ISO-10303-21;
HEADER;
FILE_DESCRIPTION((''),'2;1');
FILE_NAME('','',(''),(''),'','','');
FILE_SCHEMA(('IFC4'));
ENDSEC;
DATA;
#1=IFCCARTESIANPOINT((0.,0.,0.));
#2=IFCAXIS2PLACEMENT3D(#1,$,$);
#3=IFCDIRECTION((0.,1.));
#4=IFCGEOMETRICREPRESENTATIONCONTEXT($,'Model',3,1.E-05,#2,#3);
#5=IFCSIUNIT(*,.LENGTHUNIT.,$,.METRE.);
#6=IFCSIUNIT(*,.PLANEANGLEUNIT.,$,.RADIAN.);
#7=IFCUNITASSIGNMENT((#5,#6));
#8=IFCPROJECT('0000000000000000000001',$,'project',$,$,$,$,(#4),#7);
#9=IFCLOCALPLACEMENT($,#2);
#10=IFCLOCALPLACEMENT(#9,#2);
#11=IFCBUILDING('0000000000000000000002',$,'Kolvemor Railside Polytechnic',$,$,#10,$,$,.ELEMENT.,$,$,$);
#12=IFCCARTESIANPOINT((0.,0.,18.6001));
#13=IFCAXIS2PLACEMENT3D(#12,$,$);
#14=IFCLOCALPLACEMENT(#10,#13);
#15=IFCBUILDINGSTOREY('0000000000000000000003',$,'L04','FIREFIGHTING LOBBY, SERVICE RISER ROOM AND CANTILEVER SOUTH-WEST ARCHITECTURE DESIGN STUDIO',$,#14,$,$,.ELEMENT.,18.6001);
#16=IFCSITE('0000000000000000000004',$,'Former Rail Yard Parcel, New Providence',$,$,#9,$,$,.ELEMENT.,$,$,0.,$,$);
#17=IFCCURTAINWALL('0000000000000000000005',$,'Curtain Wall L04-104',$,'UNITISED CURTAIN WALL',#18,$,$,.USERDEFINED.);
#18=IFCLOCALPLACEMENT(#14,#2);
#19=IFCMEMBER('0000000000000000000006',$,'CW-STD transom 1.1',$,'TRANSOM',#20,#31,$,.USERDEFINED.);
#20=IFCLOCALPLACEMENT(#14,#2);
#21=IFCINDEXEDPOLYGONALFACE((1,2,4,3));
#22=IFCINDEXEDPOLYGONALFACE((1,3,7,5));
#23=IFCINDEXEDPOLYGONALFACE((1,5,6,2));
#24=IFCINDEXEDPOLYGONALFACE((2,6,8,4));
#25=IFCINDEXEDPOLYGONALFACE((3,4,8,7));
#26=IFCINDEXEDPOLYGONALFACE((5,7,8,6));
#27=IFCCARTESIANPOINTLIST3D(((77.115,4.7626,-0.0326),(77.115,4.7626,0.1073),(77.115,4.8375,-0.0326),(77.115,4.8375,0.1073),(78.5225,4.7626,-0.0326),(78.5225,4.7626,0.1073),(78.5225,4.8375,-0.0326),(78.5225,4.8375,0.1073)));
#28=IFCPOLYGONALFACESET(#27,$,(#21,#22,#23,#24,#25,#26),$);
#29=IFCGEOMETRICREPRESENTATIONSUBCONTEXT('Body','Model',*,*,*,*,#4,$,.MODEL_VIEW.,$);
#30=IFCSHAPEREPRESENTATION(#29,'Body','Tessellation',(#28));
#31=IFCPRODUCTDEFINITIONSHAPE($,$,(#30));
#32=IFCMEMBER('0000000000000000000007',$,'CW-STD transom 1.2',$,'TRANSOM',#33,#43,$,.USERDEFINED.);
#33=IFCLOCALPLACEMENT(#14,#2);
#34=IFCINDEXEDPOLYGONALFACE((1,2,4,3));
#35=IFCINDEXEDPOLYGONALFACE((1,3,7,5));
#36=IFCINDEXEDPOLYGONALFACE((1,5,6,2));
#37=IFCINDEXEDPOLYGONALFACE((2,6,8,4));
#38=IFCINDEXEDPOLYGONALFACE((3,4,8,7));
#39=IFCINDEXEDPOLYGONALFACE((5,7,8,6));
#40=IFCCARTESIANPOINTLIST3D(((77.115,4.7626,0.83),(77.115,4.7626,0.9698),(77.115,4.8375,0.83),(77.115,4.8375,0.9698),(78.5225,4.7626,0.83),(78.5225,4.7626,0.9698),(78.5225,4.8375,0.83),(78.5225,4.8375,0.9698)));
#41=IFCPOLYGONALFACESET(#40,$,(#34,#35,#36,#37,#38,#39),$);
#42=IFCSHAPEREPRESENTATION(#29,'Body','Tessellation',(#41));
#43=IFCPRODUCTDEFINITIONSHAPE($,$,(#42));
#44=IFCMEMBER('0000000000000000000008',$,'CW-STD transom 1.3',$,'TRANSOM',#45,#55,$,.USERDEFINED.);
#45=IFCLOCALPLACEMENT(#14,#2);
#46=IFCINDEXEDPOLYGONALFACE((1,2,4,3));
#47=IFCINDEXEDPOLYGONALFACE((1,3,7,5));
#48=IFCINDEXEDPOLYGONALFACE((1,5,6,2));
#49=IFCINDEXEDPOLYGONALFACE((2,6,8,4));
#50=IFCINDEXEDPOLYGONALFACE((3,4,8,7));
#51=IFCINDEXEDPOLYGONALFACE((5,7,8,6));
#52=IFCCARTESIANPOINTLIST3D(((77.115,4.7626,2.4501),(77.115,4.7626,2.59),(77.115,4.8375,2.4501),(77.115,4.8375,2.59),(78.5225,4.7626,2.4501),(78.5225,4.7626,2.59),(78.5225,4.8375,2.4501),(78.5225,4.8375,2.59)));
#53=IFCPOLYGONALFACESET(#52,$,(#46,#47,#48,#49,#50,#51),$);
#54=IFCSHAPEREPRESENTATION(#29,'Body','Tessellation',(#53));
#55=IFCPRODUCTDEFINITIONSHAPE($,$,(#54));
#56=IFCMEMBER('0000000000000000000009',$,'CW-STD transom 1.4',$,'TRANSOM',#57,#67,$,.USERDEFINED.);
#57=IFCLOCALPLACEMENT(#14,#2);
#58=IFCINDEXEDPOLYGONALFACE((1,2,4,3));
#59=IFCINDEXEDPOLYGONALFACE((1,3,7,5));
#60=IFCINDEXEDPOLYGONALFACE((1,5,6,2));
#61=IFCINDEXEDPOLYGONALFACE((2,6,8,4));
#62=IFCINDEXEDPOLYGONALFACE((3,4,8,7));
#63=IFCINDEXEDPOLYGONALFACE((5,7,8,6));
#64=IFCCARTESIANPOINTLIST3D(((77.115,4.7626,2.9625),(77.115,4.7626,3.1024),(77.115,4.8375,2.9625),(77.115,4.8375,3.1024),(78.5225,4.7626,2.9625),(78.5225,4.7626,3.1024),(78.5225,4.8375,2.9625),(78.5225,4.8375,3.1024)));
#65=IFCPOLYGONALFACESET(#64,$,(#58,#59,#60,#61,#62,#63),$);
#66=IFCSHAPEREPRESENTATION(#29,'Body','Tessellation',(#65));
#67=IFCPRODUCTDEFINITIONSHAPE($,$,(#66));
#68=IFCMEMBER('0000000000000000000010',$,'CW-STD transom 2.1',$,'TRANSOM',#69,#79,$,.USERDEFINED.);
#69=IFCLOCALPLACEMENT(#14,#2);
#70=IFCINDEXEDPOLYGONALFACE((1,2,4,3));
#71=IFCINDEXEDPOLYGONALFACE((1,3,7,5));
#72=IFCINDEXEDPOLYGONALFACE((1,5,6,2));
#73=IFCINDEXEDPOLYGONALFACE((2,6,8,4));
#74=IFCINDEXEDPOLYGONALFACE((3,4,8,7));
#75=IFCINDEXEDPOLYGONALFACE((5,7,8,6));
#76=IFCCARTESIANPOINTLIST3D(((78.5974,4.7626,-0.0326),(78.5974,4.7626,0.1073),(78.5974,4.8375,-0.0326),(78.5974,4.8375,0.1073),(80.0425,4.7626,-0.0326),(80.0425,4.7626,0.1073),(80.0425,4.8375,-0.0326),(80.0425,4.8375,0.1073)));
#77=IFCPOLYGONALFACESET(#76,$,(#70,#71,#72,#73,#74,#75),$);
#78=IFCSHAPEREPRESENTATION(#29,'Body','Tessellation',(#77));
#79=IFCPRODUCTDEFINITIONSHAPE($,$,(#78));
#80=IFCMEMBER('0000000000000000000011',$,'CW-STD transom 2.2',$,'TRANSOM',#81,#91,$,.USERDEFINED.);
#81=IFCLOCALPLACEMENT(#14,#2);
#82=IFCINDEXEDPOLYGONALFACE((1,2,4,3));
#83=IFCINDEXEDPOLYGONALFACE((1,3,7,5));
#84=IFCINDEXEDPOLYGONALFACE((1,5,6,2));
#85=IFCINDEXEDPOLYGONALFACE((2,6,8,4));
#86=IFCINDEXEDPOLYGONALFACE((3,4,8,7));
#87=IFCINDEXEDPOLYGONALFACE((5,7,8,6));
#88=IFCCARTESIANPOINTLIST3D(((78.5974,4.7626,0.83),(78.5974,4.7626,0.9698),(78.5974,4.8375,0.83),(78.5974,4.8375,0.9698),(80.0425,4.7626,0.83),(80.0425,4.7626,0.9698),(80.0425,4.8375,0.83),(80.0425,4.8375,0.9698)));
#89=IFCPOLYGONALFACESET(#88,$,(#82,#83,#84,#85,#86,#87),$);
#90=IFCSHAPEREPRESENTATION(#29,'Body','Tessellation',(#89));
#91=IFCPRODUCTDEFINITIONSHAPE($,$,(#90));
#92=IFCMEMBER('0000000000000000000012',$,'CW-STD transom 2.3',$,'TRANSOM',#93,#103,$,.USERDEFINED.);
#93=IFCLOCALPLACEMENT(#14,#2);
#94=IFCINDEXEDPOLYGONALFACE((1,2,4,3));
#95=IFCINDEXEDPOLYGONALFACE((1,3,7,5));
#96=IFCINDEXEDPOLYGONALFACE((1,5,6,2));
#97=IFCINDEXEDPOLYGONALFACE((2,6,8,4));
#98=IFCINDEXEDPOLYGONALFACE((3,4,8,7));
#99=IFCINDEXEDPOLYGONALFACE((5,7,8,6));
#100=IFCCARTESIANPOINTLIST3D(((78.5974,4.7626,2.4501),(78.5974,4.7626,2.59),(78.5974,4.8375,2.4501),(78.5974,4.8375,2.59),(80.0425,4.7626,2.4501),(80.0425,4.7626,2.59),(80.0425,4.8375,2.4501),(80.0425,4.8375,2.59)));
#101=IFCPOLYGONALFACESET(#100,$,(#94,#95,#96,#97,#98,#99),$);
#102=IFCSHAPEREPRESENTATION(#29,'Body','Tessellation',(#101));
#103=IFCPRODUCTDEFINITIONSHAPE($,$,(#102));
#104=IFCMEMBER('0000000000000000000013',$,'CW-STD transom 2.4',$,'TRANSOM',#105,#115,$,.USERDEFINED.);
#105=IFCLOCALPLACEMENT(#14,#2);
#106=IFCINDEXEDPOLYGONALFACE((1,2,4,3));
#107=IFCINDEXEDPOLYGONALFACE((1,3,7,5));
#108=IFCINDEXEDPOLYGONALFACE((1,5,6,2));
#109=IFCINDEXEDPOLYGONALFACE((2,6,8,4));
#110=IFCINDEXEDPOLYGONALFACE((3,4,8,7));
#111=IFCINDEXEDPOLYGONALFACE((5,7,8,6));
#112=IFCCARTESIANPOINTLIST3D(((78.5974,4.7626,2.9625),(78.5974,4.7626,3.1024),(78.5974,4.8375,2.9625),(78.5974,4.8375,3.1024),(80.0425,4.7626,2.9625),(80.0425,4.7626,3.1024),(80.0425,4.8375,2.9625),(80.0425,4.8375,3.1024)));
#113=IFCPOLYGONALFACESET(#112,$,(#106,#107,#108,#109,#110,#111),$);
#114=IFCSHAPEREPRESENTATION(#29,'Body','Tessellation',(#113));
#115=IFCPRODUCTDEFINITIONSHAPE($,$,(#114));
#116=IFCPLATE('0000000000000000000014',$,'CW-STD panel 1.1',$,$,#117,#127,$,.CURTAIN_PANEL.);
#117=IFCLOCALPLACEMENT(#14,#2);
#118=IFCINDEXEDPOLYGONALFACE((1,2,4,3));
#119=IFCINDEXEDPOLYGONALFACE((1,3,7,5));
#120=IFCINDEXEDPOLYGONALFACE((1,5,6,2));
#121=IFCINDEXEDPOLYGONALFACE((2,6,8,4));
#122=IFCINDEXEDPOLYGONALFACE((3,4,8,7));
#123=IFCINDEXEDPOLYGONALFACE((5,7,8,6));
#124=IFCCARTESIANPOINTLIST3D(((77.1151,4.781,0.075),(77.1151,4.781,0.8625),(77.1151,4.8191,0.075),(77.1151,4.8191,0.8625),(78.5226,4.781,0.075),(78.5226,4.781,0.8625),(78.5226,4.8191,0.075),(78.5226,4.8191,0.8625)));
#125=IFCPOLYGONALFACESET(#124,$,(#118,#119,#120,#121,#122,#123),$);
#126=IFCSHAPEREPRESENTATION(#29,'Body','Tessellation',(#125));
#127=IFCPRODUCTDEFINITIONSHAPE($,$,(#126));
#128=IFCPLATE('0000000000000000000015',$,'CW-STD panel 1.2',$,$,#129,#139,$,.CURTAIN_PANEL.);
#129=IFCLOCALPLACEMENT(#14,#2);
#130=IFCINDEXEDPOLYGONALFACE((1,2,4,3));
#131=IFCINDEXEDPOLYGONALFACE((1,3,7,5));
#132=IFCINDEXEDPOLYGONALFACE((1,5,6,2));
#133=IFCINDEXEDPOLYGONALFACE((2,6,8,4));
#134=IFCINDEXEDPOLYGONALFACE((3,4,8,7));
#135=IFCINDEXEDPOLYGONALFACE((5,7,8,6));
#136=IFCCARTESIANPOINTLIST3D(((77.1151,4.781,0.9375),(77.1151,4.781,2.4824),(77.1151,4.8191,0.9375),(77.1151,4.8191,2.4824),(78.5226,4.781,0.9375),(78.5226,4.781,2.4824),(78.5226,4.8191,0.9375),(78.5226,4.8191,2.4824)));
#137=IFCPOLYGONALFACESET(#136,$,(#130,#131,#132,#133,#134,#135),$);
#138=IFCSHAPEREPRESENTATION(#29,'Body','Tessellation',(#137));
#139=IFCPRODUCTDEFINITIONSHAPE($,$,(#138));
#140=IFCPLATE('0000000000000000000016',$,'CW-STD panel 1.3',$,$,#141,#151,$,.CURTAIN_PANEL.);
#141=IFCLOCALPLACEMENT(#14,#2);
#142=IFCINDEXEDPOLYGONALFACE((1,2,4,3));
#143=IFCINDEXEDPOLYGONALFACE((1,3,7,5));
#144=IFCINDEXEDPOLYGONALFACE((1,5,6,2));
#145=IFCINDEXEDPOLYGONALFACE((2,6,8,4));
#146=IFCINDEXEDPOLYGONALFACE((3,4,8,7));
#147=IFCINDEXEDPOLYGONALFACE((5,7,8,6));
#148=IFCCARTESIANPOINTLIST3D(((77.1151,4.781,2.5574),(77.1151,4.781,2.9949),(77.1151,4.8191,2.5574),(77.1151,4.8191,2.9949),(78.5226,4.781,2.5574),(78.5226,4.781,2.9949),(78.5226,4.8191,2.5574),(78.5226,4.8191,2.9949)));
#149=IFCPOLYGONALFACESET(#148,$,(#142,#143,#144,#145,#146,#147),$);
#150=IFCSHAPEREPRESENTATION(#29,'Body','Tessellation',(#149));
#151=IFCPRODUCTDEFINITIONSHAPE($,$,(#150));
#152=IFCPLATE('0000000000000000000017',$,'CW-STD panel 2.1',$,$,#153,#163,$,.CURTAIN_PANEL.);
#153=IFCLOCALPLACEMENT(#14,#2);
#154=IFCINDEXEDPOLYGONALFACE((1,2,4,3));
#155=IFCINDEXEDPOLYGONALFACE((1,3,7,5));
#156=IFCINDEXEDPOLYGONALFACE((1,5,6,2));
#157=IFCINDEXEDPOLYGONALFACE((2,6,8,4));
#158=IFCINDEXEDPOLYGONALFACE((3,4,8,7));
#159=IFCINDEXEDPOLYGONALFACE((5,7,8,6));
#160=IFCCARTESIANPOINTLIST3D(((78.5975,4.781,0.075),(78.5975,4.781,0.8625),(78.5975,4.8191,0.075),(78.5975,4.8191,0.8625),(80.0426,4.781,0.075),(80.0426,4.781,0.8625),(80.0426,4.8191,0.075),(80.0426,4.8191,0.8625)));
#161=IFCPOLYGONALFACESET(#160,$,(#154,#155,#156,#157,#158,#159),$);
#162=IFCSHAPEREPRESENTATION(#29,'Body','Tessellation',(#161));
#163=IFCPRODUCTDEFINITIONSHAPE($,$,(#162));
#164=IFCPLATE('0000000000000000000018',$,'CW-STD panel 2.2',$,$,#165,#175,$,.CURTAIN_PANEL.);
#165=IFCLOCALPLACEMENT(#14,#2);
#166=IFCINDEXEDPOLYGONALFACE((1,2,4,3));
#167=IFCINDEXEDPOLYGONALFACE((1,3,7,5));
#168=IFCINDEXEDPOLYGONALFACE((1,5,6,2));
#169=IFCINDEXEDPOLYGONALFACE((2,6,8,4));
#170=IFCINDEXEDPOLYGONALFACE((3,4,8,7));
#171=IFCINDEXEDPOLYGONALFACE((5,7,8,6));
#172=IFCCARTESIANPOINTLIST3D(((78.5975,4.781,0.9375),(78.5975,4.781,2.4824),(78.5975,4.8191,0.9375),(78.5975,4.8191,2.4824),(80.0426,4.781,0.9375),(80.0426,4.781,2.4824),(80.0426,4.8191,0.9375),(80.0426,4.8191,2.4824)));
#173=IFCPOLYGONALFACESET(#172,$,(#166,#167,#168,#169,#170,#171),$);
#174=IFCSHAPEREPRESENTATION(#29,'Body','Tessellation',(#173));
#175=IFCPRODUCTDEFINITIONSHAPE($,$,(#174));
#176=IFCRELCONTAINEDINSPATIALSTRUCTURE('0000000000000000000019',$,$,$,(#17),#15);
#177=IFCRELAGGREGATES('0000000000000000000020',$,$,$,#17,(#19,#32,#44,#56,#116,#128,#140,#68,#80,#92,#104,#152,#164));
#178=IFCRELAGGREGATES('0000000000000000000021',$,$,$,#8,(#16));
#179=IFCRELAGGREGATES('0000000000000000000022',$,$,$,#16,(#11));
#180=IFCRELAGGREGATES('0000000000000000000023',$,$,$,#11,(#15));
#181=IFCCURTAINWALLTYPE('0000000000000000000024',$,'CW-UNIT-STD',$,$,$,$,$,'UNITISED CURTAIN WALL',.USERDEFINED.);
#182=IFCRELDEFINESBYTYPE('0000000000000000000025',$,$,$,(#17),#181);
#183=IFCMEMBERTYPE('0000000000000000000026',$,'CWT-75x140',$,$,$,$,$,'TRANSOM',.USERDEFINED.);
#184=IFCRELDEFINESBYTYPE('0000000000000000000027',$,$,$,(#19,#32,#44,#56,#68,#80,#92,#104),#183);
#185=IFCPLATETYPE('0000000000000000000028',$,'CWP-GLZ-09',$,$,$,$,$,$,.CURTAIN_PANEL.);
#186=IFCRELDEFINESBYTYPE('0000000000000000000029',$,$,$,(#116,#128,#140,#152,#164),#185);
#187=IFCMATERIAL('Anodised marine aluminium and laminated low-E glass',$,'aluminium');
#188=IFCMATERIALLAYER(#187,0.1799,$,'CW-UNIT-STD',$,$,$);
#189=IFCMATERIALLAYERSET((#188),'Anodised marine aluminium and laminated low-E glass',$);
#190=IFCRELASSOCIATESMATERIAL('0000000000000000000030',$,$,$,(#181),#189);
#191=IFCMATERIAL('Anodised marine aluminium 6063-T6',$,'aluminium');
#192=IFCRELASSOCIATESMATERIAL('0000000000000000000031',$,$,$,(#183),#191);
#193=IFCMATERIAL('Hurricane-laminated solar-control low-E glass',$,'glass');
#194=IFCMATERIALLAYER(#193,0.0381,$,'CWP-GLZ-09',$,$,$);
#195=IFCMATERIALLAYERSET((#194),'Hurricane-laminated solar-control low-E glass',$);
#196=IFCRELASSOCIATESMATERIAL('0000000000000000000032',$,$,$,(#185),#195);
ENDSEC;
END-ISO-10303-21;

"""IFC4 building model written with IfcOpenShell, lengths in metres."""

from ifc_helpers import new_model, si_unit, direction, frame, origin, origin_2d, place, context, subcontext, project, spatial, rectangle, extrude, material, layer, layer_set, material_profile, profile_set, type_object, element, aggregate, save


model = new_model("IFC4")

# Units and contexts
model_context = context("Model", 3, precision=1e-05, world=origin(), true_north=direction((0.0, 1.0)))
body_context = subcontext(model_context, "Body", "Model", "MODEL_VIEW")
ifc_project = project(units=[si_unit("LENGTHUNIT", "METRE"), si_unit("PLANEANGLEUNIT", "RADIAN")], contexts=[model_context])

# Site, building, storey
site_placement = place(None, origin())
site = spatial("IfcSite", under=ifc_project, at=site_placement, Name="Former Rail Yard Parcel, New Providence", CompositionType="ELEMENT", RefElevation=0.0)
building_placement = place(site_placement, origin())
building = spatial("IfcBuilding", under=site, at=building_placement, Name="Kolvemor Railside Polytechnic", CompositionType="ELEMENT")
storey_placement = place(building_placement, frame((0.0, 0.0, 18.6001)))
storey = spatial("IfcBuildingStorey", under=building, at=storey_placement, Name="L04", Description="FIREFIGHTING LOBBY, SERVICE RISER ROOM AND CANTILEVER SOUTH-WEST ARCHITECTURE DESIGN STUDIO", CompositionType="ELEMENT", Elevation=18.6001)

# Curtain wall, members, plates
ifc_material_1 = material(Name="Anodised marine aluminium and laminated low-E glass", Category="aluminium")
ifc_layer_1 = layer(ifc_material_1, 0.1799, Name="CW-UNIT-STD")
ifc_layer_set_1 = layer_set([ifc_layer_1], Name="Anodised marine aluminium and laminated low-E glass")
curtain_wall_type = type_object("IfcCurtainWallType", Name="CW-UNIT-STD", ElementType="UNITISED CURTAIN WALL", PredefinedType="USERDEFINED", material=ifc_layer_set_1)
curtain_wall_placement = place(storey_placement, origin())
curtain_wall = element("IfcCurtainWall", 1, at=curtain_wall_placement, inside=storey, type_object=curtain_wall_type, Name="Curtain Wall L04-104", ObjectType="UNITISED CURTAIN WALL", PredefinedType="USERDEFINED")
ifc_material_2 = material(Name="Anodised marine aluminium 6063-T6", Category="aluminium")
ifc_material_profile_1 = material_profile(ifc_material_2, rectangle(XDim=0.075, YDim=0.1399, at=origin_2d()), Name="CW-TRN-75x140")
ifc_profile_set_1 = profile_set([ifc_material_profile_1], Name="Anodised marine aluminium 6063-T6")
member_type_1 = type_object("IfcMemberType", Name="CWT-75x140", ElementType="TRANSOM", PredefinedType="USERDEFINED", material=ifc_profile_set_1)
member_1_placement = place(storey_placement, frame((77.115, 4.8, 0.0374), z_axis=(1.0, 0.0, 0.0), x_axis=(0.0, 1.0, 0.0)))
member_1 = element("IfcMember", 2, at=member_1_placement, type_object=member_type_1, Name="CW-STD transom 1.1", ObjectType="TRANSOM", PredefinedType="USERDEFINED", context=body_context, shape_type="SweptSolid", body=[
    extrude(rectangle(XDim=0.075, YDim=0.1399, at=origin_2d()), origin(), (0.0, 0.0, 1.0), 1.4075),
])
member_2_placement = place(storey_placement, frame((77.115, 4.8, 0.8999), z_axis=(1.0, 0.0, 0.0), x_axis=(0.0, 1.0, 0.0)))
member_2 = element("IfcMember", 3, at=member_2_placement, type_object=member_type_1, Name="CW-STD transom 1.2", ObjectType="TRANSOM", PredefinedType="USERDEFINED", context=body_context, shape_type="SweptSolid", body=[
    extrude(rectangle(XDim=0.075, YDim=0.1399, at=origin_2d()), origin(), (0.0, 0.0, 1.0), 1.4075),
])
member_3_placement = place(storey_placement, frame((77.115, 4.8, 2.52), z_axis=(1.0, 0.0, 0.0), x_axis=(0.0, 1.0, 0.0)))
member_3 = element("IfcMember", 4, at=member_3_placement, type_object=member_type_1, Name="CW-STD transom 1.3", ObjectType="TRANSOM", PredefinedType="USERDEFINED", context=body_context, shape_type="SweptSolid", body=[
    extrude(rectangle(XDim=0.075, YDim=0.1399, at=origin_2d()), origin(), (0.0, 0.0, 1.0), 1.4075),
])
member_4_placement = place(storey_placement, frame((77.115, 4.8, 3.0325), z_axis=(1.0, 0.0, 0.0), x_axis=(0.0, 1.0, 0.0)))
member_4 = element("IfcMember", 5, at=member_4_placement, type_object=member_type_1, Name="CW-STD transom 1.4", ObjectType="TRANSOM", PredefinedType="USERDEFINED", context=body_context, shape_type="SweptSolid", body=[
    extrude(rectangle(XDim=0.075, YDim=0.1399, at=origin_2d()), origin(), (0.0, 0.0, 1.0), 1.4075),
])
member_5_placement = place(storey_placement, frame((78.5974, 4.8, 0.0374), z_axis=(1.0, 0.0, 0.0), x_axis=(0.0, 1.0, 0.0)))
member_5 = element("IfcMember", 6, at=member_5_placement, type_object=member_type_1, Name="CW-STD transom 2.1", ObjectType="TRANSOM", PredefinedType="USERDEFINED", context=body_context, shape_type="SweptSolid", body=[
    extrude(rectangle(XDim=0.075, YDim=0.1399, at=origin_2d()), origin(), (0.0, 0.0, 1.0), 1.4451),
])
member_6_placement = place(storey_placement, frame((78.5974, 4.8, 0.8999), z_axis=(1.0, 0.0, 0.0), x_axis=(0.0, 1.0, 0.0)))
member_6 = element("IfcMember", 7, at=member_6_placement, type_object=member_type_1, Name="CW-STD transom 2.2", ObjectType="TRANSOM", PredefinedType="USERDEFINED", context=body_context, shape_type="SweptSolid", body=[
    extrude(rectangle(XDim=0.075, YDim=0.1399, at=origin_2d()), origin(), (0.0, 0.0, 1.0), 1.4451),
])
member_7_placement = place(storey_placement, frame((78.5974, 4.8, 2.52), z_axis=(1.0, 0.0, 0.0), x_axis=(0.0, 1.0, 0.0)))
member_7 = element("IfcMember", 8, at=member_7_placement, type_object=member_type_1, Name="CW-STD transom 2.3", ObjectType="TRANSOM", PredefinedType="USERDEFINED", context=body_context, shape_type="SweptSolid", body=[
    extrude(rectangle(XDim=0.075, YDim=0.1399, at=origin_2d()), origin(), (0.0, 0.0, 1.0), 1.4451),
])
member_8_placement = place(storey_placement, frame((78.5974, 4.8, 3.0325), z_axis=(1.0, 0.0, 0.0), x_axis=(0.0, 1.0, 0.0)))
member_8 = element("IfcMember", 9, at=member_8_placement, type_object=member_type_1, Name="CW-STD transom 2.4", ObjectType="TRANSOM", PredefinedType="USERDEFINED", context=body_context, shape_type="SweptSolid", body=[
    extrude(rectangle(XDim=0.075, YDim=0.1399, at=origin_2d()), origin(), (0.0, 0.0, 1.0), 1.4451),
])
ifc_material_3 = material(Name="Hurricane-laminated solar-control low-E glass", Category="glass")
ifc_layer_2 = layer(ifc_material_3, 0.0381, Name="CWP-GLZ-09")
ifc_layer_set_2 = layer_set([ifc_layer_2], Name="Hurricane-laminated solar-control low-E glass")
plate_type = type_object("IfcPlateType", Name="CWP-GLZ-09", PredefinedType="CURTAIN_PANEL", material=ifc_layer_set_2)
plate_1_placement = place(storey_placement, frame((77.8188, 4.8, 0.075), z_axis=(0.0, 0.0, 1.0), x_axis=(1.0, 0.0, 0.0)))
plate_1 = element("IfcPlate", 10, at=plate_1_placement, type_object=plate_type, Name="CW-STD panel 1.1", PredefinedType="CURTAIN_PANEL", context=body_context, shape_type="SweptSolid", body=[
    extrude(rectangle(XDim=1.4075, YDim=0.0381, at=origin_2d()), origin(), (0.0, 0.0, 1.0), 0.7876),
])
plate_2_placement = place(storey_placement, frame((77.8188, 4.8, 0.9375), z_axis=(0.0, 0.0, 1.0), x_axis=(1.0, 0.0, 0.0)))
plate_2 = element("IfcPlate", 11, at=plate_2_placement, type_object=plate_type, Name="CW-STD panel 1.2", PredefinedType="CURTAIN_PANEL", context=body_context, shape_type="SweptSolid", body=[
    extrude(rectangle(XDim=1.4075, YDim=0.0381, at=origin_2d()), origin(), (0.0, 0.0, 1.0), 1.5449),
])
plate_3_placement = place(storey_placement, frame((77.8188, 4.8, 2.5574), z_axis=(0.0, 0.0, 1.0), x_axis=(1.0, 0.0, 0.0)))
plate_3 = element("IfcPlate", 12, at=plate_3_placement, type_object=plate_type, Name="CW-STD panel 1.3", PredefinedType="CURTAIN_PANEL", context=body_context, shape_type="SweptSolid", body=[
    extrude(rectangle(XDim=1.4075, YDim=0.0381, at=origin_2d()), origin(), (0.0, 0.0, 1.0), 0.4375),
])
plate_4_placement = place(storey_placement, frame((79.3201, 4.8, 0.075), z_axis=(0.0, 0.0, 1.0), x_axis=(1.0, 0.0, 0.0)))
plate_4 = element("IfcPlate", 13, at=plate_4_placement, type_object=plate_type, Name="CW-STD panel 2.1", PredefinedType="CURTAIN_PANEL", context=body_context, shape_type="SweptSolid", body=[
    extrude(rectangle(XDim=1.4451, YDim=0.0381, at=origin_2d()), origin(), (0.0, 0.0, 1.0), 0.7876),
])
plate_5_placement = place(storey_placement, frame((79.3201, 4.8, 0.9375), z_axis=(0.0, 0.0, 1.0), x_axis=(1.0, 0.0, 0.0)))
plate_5 = element("IfcPlate", 14, at=plate_5_placement, type_object=plate_type, Name="CW-STD panel 2.2", PredefinedType="CURTAIN_PANEL", context=body_context, shape_type="SweptSolid", body=[
    extrude(rectangle(XDim=1.4451, YDim=0.0381, at=origin_2d()), origin(), (0.0, 0.0, 1.0), 1.5449),
])
aggregate(curtain_wall, [member_1, member_2, member_3, member_4, plate_1, plate_2, plate_3, member_5, member_6, member_7, member_8, plate_4, plate_5])

save(model, "model.ifc")
